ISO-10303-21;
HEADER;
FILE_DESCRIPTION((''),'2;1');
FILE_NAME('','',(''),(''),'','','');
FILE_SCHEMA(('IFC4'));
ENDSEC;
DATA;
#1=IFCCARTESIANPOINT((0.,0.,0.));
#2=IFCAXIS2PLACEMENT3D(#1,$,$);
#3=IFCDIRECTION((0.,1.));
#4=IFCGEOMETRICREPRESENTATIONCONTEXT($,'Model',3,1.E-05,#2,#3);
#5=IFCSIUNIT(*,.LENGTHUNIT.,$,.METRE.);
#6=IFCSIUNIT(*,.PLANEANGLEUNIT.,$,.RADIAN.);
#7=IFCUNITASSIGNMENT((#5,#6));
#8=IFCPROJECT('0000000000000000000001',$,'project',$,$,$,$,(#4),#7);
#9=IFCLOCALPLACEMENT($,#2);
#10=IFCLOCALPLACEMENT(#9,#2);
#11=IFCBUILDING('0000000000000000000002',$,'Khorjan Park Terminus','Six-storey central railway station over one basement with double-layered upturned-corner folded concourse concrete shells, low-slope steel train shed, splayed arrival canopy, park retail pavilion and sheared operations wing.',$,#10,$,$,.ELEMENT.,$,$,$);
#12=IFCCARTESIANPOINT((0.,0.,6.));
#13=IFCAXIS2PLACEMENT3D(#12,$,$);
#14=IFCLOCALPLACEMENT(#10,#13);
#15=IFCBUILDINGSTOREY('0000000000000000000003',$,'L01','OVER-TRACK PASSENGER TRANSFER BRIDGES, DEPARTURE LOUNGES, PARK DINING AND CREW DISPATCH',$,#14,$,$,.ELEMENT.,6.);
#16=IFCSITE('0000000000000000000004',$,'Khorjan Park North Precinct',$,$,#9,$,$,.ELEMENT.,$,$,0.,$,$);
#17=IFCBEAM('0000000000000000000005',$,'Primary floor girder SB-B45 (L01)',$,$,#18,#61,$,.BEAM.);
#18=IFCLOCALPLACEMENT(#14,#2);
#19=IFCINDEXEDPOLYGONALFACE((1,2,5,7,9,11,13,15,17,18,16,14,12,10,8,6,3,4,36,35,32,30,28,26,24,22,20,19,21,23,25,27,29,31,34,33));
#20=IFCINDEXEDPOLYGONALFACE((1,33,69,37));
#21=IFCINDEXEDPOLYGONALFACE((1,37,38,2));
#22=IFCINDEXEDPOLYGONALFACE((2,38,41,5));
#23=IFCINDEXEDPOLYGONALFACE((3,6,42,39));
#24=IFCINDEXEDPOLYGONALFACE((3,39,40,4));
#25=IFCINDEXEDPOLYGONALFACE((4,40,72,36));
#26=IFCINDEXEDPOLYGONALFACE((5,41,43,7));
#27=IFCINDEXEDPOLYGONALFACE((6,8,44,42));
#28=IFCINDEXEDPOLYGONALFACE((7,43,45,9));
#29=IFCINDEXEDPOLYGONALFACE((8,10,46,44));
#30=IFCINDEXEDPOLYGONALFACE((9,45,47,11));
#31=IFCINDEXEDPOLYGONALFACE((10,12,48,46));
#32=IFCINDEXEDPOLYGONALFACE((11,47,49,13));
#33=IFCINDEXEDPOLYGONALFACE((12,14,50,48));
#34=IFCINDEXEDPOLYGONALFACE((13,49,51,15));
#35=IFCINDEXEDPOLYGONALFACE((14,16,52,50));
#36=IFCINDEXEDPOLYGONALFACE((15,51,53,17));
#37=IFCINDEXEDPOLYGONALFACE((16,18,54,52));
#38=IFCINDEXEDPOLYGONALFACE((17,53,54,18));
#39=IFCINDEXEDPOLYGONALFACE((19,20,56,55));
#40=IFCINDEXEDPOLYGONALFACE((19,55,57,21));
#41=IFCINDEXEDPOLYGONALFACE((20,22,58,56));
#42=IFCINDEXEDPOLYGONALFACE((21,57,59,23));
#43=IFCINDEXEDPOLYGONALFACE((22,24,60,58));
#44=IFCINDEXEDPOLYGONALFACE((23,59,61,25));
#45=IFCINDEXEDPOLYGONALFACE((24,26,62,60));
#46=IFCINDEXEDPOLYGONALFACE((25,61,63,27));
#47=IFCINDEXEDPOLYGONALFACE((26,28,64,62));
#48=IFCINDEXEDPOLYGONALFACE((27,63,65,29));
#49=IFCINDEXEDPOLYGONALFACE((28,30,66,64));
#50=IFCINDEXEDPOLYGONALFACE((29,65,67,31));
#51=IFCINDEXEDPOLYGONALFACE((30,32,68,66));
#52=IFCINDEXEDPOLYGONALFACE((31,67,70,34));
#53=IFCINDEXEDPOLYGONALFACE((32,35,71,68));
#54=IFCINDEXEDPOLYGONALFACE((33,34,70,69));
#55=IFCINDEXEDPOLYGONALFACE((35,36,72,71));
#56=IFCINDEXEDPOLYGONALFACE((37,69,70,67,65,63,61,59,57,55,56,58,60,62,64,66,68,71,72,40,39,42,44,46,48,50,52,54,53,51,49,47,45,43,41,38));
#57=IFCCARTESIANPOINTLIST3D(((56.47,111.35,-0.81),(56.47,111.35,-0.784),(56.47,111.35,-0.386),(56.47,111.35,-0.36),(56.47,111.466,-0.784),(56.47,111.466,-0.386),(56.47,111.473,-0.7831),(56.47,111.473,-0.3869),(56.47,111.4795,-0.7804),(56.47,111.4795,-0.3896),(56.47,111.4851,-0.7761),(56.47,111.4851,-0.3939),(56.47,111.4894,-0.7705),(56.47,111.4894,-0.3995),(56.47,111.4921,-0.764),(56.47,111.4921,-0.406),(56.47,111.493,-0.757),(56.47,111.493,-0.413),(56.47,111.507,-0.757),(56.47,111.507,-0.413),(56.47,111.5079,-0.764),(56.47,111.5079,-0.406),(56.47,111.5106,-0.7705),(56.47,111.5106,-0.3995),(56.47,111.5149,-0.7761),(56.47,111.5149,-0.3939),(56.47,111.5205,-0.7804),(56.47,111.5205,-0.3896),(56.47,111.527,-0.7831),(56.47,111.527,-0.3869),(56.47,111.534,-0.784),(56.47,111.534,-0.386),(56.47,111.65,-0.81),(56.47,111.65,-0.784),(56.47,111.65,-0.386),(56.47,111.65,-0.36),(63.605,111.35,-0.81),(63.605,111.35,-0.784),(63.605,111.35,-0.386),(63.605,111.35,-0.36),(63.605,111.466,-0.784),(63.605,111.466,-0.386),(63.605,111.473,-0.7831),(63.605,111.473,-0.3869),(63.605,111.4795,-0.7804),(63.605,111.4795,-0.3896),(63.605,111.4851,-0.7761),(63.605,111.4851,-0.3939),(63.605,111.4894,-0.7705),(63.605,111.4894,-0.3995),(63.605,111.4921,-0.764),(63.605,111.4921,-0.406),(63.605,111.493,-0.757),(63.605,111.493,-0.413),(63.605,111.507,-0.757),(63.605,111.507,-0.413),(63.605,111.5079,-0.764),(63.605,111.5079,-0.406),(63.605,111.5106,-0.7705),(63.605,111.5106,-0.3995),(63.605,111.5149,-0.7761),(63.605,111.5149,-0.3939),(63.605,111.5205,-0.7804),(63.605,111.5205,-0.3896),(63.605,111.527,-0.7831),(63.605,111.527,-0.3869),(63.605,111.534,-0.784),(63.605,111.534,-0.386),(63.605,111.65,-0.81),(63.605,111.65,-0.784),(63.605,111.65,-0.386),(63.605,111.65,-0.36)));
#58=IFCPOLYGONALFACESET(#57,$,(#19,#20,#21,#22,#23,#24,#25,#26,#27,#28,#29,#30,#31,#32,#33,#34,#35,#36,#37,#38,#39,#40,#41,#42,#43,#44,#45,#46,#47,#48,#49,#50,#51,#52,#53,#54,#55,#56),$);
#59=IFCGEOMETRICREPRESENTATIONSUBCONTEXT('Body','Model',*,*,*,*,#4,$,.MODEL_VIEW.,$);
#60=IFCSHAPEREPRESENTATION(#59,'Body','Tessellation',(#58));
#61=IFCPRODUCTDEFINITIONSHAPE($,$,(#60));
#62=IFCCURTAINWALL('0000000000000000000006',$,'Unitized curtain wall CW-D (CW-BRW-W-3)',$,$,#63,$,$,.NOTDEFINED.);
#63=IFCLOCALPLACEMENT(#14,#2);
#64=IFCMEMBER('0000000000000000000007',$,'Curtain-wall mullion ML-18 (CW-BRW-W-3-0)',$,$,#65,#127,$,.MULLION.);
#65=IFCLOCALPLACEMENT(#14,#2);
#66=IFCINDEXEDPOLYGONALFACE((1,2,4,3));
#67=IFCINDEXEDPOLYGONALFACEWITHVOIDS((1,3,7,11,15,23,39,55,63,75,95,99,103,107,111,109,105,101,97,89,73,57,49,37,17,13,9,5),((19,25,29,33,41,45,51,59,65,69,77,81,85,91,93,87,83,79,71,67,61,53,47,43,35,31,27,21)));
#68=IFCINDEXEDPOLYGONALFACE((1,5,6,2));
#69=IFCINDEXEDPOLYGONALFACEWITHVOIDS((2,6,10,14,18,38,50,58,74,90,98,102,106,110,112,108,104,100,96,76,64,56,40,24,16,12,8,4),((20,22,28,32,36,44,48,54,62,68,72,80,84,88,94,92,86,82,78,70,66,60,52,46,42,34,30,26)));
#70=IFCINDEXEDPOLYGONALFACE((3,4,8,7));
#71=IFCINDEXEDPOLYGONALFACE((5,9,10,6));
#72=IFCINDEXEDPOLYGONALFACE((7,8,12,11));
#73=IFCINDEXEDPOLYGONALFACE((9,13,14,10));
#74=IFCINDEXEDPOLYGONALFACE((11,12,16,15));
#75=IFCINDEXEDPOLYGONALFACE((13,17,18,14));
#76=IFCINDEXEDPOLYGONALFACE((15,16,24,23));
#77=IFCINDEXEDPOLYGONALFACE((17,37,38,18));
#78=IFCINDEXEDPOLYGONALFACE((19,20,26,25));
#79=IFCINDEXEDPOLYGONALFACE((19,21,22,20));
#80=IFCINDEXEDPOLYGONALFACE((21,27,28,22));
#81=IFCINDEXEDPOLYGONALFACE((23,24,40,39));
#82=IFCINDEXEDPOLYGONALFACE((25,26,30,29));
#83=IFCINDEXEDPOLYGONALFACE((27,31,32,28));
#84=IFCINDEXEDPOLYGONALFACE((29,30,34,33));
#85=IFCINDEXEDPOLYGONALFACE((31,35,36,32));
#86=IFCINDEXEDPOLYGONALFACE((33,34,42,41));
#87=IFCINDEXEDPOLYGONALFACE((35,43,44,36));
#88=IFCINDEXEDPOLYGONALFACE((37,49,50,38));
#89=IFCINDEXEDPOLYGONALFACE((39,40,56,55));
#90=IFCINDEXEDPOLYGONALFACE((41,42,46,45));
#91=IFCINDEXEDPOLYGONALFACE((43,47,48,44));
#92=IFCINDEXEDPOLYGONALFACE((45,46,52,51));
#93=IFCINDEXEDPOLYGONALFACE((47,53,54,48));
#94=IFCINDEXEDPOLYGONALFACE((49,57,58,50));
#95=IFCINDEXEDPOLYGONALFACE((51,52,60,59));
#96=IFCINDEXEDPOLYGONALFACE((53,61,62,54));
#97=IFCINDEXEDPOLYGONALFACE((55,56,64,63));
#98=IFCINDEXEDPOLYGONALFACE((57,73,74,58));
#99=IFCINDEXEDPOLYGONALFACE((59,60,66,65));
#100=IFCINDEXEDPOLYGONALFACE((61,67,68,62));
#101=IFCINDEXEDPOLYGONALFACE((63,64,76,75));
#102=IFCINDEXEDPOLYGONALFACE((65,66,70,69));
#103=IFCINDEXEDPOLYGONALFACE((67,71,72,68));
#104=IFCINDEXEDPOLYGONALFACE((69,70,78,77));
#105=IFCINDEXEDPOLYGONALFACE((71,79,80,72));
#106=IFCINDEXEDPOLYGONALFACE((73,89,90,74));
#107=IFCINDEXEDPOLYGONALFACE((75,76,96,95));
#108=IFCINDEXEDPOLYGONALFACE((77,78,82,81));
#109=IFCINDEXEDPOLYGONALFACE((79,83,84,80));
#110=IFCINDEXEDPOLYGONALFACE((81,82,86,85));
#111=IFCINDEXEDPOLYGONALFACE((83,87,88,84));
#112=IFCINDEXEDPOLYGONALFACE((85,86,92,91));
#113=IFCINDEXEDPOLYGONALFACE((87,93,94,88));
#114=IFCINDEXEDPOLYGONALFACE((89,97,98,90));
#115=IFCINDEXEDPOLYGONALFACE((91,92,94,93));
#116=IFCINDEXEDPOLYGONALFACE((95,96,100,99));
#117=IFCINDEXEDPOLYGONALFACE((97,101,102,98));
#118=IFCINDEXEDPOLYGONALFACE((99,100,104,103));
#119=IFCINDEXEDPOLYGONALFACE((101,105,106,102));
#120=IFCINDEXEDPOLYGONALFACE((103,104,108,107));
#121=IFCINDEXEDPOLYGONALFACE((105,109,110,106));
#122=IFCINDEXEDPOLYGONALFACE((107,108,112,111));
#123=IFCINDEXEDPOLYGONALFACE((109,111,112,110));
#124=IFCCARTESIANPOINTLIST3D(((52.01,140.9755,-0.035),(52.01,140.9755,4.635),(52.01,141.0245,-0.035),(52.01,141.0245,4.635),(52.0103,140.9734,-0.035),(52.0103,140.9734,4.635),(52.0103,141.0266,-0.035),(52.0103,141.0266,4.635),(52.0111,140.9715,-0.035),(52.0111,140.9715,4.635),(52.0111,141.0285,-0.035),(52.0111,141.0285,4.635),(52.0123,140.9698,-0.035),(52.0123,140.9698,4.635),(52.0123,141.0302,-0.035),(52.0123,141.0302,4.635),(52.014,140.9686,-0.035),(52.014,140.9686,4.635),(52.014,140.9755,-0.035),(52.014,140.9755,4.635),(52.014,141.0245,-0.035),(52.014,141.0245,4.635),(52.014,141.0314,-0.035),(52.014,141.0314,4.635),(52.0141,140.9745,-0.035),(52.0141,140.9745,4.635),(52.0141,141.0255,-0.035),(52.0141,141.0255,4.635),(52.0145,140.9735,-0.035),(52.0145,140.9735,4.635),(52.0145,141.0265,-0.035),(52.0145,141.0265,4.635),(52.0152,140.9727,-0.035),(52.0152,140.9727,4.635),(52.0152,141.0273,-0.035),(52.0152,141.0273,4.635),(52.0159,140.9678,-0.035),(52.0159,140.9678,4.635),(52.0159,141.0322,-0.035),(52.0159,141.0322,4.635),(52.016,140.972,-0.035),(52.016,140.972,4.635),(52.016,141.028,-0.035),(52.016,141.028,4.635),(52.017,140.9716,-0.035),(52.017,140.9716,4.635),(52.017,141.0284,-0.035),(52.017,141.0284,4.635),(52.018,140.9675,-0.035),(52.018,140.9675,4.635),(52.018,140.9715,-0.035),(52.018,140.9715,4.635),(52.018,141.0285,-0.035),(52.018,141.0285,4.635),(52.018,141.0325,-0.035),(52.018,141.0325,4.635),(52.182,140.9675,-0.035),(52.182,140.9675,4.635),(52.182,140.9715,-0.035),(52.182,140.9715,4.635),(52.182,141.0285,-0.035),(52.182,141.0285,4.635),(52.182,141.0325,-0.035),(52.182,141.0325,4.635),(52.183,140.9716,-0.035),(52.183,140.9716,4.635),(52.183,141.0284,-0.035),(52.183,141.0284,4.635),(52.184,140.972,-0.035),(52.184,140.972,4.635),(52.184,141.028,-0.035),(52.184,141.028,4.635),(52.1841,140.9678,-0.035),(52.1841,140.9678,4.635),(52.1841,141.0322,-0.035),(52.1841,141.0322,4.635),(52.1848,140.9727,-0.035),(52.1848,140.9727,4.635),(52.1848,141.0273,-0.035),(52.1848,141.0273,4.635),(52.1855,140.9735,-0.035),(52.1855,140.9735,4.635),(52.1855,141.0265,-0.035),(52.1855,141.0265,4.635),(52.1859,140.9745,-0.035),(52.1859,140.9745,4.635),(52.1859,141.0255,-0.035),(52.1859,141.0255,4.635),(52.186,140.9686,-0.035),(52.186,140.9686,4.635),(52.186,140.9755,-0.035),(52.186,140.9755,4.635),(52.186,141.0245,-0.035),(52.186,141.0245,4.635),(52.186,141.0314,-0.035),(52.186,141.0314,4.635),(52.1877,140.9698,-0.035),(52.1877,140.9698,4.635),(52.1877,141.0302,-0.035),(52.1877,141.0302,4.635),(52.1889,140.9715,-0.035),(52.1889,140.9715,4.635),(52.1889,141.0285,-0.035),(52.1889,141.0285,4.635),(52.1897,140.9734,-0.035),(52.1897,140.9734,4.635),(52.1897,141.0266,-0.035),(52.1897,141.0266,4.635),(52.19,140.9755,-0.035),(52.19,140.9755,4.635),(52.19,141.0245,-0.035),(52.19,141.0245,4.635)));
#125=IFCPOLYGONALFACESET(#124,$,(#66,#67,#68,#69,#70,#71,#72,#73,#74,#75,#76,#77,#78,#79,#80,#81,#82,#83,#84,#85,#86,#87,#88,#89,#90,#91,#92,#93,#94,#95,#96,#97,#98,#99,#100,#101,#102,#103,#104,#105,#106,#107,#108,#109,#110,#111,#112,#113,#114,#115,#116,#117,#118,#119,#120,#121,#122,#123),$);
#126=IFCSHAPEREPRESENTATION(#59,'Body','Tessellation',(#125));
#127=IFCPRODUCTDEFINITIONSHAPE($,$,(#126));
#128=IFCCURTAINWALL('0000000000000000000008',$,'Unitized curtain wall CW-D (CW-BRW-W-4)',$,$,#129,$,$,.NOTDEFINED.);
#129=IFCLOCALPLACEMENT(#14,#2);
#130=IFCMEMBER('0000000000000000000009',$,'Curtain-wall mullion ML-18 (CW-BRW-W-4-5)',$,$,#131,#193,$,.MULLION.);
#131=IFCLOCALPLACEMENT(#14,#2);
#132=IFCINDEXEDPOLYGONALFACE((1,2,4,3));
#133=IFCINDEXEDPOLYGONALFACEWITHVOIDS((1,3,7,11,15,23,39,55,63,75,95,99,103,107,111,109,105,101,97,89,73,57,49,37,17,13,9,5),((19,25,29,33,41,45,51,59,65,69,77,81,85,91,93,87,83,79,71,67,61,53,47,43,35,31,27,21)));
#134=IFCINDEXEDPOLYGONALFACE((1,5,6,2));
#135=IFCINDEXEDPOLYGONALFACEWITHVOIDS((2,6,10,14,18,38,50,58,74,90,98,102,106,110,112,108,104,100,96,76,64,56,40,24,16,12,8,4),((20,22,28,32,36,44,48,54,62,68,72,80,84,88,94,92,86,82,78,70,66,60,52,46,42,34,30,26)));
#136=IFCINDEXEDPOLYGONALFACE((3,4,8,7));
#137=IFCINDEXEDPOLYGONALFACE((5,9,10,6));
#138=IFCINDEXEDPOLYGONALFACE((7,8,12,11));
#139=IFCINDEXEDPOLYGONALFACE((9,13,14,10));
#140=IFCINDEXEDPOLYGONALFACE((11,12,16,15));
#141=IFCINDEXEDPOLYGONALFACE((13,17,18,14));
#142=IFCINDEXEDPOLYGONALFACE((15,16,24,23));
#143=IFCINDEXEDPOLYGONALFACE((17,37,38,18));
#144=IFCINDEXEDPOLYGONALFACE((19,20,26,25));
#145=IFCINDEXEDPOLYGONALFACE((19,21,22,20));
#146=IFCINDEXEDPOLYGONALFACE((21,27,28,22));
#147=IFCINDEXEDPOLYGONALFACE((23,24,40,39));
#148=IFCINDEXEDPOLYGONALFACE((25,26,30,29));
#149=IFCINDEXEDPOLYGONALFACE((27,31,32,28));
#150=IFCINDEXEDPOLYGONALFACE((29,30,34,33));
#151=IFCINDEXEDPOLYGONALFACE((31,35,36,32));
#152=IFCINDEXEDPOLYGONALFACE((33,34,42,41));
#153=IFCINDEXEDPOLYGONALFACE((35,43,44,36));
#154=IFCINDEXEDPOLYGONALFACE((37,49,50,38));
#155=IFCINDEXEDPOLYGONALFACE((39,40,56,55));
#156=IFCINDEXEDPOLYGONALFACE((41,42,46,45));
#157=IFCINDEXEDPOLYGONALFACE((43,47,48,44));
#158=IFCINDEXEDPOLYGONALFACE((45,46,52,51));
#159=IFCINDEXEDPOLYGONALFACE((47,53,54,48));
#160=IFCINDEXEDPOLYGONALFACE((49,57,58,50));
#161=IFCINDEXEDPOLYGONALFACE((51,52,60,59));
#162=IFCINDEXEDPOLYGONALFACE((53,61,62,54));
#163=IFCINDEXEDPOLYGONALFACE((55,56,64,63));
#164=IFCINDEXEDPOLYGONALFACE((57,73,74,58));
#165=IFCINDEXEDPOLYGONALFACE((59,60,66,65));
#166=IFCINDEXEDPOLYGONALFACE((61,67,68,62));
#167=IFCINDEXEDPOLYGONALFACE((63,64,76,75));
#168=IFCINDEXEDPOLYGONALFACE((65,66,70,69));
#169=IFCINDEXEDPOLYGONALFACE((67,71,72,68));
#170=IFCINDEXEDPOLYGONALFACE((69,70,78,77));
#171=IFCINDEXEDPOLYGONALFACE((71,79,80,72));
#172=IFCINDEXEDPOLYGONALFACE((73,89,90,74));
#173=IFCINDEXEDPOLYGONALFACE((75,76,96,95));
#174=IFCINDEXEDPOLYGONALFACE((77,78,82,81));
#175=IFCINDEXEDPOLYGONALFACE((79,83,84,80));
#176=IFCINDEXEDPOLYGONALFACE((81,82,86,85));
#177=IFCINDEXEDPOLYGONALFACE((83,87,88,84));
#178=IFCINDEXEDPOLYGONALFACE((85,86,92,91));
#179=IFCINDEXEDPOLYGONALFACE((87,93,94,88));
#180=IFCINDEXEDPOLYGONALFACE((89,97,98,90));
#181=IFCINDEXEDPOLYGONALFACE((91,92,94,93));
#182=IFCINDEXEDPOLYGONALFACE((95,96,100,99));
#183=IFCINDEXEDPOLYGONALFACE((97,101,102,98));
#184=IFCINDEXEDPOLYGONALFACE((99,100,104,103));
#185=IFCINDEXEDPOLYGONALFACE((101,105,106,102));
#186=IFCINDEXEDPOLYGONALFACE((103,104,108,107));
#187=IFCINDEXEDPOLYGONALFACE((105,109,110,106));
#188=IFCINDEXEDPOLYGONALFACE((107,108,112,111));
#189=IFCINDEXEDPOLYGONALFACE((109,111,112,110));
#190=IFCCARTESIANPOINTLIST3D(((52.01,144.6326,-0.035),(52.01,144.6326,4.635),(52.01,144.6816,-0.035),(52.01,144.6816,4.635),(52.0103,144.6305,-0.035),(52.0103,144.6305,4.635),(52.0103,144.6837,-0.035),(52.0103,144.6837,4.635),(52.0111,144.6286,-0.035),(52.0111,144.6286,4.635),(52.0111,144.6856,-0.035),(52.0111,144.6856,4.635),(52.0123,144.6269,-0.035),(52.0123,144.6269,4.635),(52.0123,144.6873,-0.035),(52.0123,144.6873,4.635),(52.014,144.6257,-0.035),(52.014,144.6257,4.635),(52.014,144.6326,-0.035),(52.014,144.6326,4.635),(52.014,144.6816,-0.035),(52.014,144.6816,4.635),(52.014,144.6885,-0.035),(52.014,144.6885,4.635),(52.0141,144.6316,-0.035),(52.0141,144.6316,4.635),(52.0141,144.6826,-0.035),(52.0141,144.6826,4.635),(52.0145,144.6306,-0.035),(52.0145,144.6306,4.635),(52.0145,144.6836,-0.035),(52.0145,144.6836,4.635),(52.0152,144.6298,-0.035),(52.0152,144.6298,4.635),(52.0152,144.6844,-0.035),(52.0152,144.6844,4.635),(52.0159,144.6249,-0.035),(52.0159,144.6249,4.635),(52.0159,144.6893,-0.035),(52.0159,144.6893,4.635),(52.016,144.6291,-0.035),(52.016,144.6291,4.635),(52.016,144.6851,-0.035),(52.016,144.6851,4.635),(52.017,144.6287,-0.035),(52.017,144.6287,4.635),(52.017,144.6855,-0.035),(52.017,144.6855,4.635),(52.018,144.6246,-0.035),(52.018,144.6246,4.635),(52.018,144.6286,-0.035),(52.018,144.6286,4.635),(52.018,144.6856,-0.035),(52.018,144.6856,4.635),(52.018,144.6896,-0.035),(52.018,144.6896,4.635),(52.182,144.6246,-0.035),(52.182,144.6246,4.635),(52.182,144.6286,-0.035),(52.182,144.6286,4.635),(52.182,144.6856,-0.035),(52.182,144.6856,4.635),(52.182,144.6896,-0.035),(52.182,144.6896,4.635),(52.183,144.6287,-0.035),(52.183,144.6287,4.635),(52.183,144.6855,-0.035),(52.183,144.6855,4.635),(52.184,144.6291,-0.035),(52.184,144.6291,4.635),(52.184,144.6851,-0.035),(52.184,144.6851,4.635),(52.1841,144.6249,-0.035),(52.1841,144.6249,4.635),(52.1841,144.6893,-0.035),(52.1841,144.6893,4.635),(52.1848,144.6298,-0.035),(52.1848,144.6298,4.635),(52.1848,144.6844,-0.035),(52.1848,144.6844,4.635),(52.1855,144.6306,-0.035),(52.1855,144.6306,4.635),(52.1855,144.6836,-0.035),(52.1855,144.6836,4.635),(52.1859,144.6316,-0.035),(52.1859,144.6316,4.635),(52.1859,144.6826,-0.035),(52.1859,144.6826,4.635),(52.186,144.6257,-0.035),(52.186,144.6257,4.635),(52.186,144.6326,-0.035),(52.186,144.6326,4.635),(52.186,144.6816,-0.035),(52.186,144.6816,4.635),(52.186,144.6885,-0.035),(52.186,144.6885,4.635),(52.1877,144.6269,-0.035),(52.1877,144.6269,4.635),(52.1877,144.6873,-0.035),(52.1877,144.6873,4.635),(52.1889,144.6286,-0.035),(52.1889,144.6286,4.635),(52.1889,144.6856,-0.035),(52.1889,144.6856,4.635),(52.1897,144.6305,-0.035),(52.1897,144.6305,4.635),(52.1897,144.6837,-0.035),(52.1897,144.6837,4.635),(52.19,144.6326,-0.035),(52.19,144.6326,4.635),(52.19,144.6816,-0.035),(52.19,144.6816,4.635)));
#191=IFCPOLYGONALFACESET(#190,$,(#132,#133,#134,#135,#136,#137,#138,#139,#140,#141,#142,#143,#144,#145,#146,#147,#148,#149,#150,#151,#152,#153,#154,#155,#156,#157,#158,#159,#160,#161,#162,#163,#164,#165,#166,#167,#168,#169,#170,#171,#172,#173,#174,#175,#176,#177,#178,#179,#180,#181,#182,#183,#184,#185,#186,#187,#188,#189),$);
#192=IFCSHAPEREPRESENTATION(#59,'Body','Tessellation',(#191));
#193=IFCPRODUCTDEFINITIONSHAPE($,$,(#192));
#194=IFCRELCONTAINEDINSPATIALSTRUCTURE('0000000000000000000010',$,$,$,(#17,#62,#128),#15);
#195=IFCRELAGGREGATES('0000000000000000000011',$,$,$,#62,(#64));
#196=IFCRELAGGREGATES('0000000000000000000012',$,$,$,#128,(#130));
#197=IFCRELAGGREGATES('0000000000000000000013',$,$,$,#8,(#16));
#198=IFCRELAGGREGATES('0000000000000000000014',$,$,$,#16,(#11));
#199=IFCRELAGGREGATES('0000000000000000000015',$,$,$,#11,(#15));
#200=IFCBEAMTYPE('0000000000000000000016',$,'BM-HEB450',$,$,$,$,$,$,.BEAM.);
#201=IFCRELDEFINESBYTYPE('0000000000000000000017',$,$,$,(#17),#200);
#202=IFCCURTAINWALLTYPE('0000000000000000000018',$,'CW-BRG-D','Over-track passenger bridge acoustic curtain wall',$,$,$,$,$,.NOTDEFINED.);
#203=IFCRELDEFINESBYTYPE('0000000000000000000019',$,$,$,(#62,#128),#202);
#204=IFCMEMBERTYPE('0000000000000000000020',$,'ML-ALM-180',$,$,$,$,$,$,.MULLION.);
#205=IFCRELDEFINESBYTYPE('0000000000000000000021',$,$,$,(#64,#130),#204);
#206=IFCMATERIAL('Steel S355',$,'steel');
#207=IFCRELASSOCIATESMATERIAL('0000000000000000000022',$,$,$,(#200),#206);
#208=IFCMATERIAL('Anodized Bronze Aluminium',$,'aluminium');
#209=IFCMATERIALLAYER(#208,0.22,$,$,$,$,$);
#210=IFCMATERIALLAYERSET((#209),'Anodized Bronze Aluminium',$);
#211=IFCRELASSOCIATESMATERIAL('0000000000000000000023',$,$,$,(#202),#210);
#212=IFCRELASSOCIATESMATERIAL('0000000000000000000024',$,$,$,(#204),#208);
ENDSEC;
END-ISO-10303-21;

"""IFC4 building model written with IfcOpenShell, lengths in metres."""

from ifc_helpers import new_model, si_unit, direction, frame, origin, origin_2d, place, context, subcontext, project, spatial, hollow_rectangle, i_section, extrude, material, layer, layer_set, material_profile, profile_set, type_object, element, aggregate, save


model = new_model("IFC4")

# Units and contexts
model_context = context("Model", 3, precision=1e-05, world=origin(), true_north=direction((0.0, 1.0)))
body_context = subcontext(model_context, "Body", "Model", "MODEL_VIEW")
ifc_project = project(units=[si_unit("LENGTHUNIT", "METRE"), si_unit("PLANEANGLEUNIT", "RADIAN")], contexts=[model_context])

# Site, building, storey
site_placement = place(None, origin())
site = spatial("IfcSite", under=ifc_project, at=site_placement, Name="Khorjan Park North Precinct", CompositionType="ELEMENT", RefElevation=0.0)
building_placement = place(site_placement, origin())
building = spatial("IfcBuilding", under=site, at=building_placement, Name="Khorjan Park Terminus", Description="Six-storey central railway station over one basement with double-layered upturned-corner folded concourse concrete shells, low-slope steel train shed, splayed arrival canopy, park retail pavilion and sheared operations wing.", CompositionType="ELEMENT")
storey_placement = place(building_placement, frame((0.0, 0.0, 6.0)))
storey = spatial("IfcBuildingStorey", under=building, at=storey_placement, Name="L01", Description="OVER-TRACK PASSENGER TRANSFER BRIDGES, DEPARTURE LOUNGES, PARK DINING AND CREW DISPATCH", CompositionType="ELEMENT", Elevation=6.0)

# Beam
ifc_material_1 = material(Name="Steel S355", Category="steel")
ifc_material_profile_1 = material_profile(ifc_material_1, i_section(OverallWidth=0.3, OverallDepth=0.45, WebThickness=0.014, FlangeThickness=0.026, FilletRadius=0.027, at=origin_2d()), Name="HEB 450")
ifc_profile_set_1 = profile_set([ifc_material_profile_1], Name="Steel S355")
beam_type_1 = type_object("IfcBeamType", Name="BM-HEB450", PredefinedType="BEAM", material=ifc_profile_set_1)
beam_1_placement = place(storey_placement, frame((56.47, 111.5, -0.585), z_axis=(1.0, 0.0, 0.0), x_axis=(0.0, 1.0, 0.0)))
element("IfcBeam", 1, at=beam_1_placement, inside=storey, type_object=beam_type_1, Name="Primary floor girder SB-B45 (L01)", PredefinedType="BEAM", context=body_context, shape_type="SweptSolid", body=[
    extrude(i_section(OverallWidth=0.3, OverallDepth=0.45, WebThickness=0.014, FlangeThickness=0.026, FilletRadius=0.027, at=origin_2d()), origin(), (0.0, 0.0, 1.0), 7.135),
])

# Curtain wall, member
ifc_material_2 = material(Name="Anodized Bronze Aluminium", Category="aluminium")
ifc_layer_1 = layer(ifc_material_2, 0.22)
ifc_layer_set_1 = layer_set([ifc_layer_1], Name="Anodized Bronze Aluminium")
curtain_wall_type = type_object("IfcCurtainWallType", Name="CW-BRG-D", Description="Over-track passenger bridge acoustic curtain wall", PredefinedType="NOTDEFINED", material=ifc_layer_set_1)
curtain_wall_1_placement = place(storey_placement, origin())
curtain_wall_1 = element("IfcCurtainWall", 2, at=curtain_wall_1_placement, inside=storey, type_object=curtain_wall_type, Name="Unitized curtain wall CW-D (CW-BRW-W-3)", PredefinedType="NOTDEFINED")
ifc_material_profile_2 = material_profile(ifc_material_2, hollow_rectangle(XDim=0.065, YDim=0.18, WallThickness=0.004, InnerFilletRadius=0.004, OuterFilletRadius=0.008, at=origin_2d()), Name="ALM 65x180x4")
ifc_profile_set_2 = profile_set([ifc_material_profile_2], Name="Anodized Bronze Aluminium")
member_type_1 = type_object("IfcMemberType", Name="ML-ALM-180", PredefinedType="MULLION", material=ifc_profile_set_2)
member_1_placement = place(storey_placement, frame((52.1, 141.0, -0.035), z_axis=(0.0, 0.0, 1.0), x_axis=(0.0, -1.0, 0.0)))
member_1 = element("IfcMember", 3, at=member_1_placement, type_object=member_type_1, Name="Curtain-wall mullion ML-18 (CW-BRW-W-3-0)", PredefinedType="MULLION", context=body_context, shape_type="SweptSolid", body=[
    extrude(hollow_rectangle(XDim=0.065, YDim=0.18, WallThickness=0.004, InnerFilletRadius=0.004, OuterFilletRadius=0.008, at=origin_2d()), origin(), (0.0, 0.0, 1.0), 4.67),
])

# Curtain wall, member
curtain_wall_2_placement = place(storey_placement, origin())
curtain_wall_2 = element("IfcCurtainWall", 4, at=curtain_wall_2_placement, inside=storey, type_object=curtain_wall_type, Name="Unitized curtain wall CW-D (CW-BRW-W-4)", PredefinedType="NOTDEFINED")
member_2_placement = place(storey_placement, frame((52.1, 144.6571, -0.035), z_axis=(0.0, 0.0, 1.0), x_axis=(0.0, -1.0, 0.0)))
member_2 = element("IfcMember", 5, at=member_2_placement, type_object=member_type_1, Name="Curtain-wall mullion ML-18 (CW-BRW-W-4-5)", PredefinedType="MULLION", context=body_context, shape_type="SweptSolid", body=[
    extrude(hollow_rectangle(XDim=0.065, YDim=0.18, WallThickness=0.004, InnerFilletRadius=0.004, OuterFilletRadius=0.008, at=origin_2d()), origin(), (0.0, 0.0, 1.0), 4.67),
])

aggregate(curtain_wall_1, [member_1])
aggregate(curtain_wall_2, [member_2])

save(model, "model.ifc")
